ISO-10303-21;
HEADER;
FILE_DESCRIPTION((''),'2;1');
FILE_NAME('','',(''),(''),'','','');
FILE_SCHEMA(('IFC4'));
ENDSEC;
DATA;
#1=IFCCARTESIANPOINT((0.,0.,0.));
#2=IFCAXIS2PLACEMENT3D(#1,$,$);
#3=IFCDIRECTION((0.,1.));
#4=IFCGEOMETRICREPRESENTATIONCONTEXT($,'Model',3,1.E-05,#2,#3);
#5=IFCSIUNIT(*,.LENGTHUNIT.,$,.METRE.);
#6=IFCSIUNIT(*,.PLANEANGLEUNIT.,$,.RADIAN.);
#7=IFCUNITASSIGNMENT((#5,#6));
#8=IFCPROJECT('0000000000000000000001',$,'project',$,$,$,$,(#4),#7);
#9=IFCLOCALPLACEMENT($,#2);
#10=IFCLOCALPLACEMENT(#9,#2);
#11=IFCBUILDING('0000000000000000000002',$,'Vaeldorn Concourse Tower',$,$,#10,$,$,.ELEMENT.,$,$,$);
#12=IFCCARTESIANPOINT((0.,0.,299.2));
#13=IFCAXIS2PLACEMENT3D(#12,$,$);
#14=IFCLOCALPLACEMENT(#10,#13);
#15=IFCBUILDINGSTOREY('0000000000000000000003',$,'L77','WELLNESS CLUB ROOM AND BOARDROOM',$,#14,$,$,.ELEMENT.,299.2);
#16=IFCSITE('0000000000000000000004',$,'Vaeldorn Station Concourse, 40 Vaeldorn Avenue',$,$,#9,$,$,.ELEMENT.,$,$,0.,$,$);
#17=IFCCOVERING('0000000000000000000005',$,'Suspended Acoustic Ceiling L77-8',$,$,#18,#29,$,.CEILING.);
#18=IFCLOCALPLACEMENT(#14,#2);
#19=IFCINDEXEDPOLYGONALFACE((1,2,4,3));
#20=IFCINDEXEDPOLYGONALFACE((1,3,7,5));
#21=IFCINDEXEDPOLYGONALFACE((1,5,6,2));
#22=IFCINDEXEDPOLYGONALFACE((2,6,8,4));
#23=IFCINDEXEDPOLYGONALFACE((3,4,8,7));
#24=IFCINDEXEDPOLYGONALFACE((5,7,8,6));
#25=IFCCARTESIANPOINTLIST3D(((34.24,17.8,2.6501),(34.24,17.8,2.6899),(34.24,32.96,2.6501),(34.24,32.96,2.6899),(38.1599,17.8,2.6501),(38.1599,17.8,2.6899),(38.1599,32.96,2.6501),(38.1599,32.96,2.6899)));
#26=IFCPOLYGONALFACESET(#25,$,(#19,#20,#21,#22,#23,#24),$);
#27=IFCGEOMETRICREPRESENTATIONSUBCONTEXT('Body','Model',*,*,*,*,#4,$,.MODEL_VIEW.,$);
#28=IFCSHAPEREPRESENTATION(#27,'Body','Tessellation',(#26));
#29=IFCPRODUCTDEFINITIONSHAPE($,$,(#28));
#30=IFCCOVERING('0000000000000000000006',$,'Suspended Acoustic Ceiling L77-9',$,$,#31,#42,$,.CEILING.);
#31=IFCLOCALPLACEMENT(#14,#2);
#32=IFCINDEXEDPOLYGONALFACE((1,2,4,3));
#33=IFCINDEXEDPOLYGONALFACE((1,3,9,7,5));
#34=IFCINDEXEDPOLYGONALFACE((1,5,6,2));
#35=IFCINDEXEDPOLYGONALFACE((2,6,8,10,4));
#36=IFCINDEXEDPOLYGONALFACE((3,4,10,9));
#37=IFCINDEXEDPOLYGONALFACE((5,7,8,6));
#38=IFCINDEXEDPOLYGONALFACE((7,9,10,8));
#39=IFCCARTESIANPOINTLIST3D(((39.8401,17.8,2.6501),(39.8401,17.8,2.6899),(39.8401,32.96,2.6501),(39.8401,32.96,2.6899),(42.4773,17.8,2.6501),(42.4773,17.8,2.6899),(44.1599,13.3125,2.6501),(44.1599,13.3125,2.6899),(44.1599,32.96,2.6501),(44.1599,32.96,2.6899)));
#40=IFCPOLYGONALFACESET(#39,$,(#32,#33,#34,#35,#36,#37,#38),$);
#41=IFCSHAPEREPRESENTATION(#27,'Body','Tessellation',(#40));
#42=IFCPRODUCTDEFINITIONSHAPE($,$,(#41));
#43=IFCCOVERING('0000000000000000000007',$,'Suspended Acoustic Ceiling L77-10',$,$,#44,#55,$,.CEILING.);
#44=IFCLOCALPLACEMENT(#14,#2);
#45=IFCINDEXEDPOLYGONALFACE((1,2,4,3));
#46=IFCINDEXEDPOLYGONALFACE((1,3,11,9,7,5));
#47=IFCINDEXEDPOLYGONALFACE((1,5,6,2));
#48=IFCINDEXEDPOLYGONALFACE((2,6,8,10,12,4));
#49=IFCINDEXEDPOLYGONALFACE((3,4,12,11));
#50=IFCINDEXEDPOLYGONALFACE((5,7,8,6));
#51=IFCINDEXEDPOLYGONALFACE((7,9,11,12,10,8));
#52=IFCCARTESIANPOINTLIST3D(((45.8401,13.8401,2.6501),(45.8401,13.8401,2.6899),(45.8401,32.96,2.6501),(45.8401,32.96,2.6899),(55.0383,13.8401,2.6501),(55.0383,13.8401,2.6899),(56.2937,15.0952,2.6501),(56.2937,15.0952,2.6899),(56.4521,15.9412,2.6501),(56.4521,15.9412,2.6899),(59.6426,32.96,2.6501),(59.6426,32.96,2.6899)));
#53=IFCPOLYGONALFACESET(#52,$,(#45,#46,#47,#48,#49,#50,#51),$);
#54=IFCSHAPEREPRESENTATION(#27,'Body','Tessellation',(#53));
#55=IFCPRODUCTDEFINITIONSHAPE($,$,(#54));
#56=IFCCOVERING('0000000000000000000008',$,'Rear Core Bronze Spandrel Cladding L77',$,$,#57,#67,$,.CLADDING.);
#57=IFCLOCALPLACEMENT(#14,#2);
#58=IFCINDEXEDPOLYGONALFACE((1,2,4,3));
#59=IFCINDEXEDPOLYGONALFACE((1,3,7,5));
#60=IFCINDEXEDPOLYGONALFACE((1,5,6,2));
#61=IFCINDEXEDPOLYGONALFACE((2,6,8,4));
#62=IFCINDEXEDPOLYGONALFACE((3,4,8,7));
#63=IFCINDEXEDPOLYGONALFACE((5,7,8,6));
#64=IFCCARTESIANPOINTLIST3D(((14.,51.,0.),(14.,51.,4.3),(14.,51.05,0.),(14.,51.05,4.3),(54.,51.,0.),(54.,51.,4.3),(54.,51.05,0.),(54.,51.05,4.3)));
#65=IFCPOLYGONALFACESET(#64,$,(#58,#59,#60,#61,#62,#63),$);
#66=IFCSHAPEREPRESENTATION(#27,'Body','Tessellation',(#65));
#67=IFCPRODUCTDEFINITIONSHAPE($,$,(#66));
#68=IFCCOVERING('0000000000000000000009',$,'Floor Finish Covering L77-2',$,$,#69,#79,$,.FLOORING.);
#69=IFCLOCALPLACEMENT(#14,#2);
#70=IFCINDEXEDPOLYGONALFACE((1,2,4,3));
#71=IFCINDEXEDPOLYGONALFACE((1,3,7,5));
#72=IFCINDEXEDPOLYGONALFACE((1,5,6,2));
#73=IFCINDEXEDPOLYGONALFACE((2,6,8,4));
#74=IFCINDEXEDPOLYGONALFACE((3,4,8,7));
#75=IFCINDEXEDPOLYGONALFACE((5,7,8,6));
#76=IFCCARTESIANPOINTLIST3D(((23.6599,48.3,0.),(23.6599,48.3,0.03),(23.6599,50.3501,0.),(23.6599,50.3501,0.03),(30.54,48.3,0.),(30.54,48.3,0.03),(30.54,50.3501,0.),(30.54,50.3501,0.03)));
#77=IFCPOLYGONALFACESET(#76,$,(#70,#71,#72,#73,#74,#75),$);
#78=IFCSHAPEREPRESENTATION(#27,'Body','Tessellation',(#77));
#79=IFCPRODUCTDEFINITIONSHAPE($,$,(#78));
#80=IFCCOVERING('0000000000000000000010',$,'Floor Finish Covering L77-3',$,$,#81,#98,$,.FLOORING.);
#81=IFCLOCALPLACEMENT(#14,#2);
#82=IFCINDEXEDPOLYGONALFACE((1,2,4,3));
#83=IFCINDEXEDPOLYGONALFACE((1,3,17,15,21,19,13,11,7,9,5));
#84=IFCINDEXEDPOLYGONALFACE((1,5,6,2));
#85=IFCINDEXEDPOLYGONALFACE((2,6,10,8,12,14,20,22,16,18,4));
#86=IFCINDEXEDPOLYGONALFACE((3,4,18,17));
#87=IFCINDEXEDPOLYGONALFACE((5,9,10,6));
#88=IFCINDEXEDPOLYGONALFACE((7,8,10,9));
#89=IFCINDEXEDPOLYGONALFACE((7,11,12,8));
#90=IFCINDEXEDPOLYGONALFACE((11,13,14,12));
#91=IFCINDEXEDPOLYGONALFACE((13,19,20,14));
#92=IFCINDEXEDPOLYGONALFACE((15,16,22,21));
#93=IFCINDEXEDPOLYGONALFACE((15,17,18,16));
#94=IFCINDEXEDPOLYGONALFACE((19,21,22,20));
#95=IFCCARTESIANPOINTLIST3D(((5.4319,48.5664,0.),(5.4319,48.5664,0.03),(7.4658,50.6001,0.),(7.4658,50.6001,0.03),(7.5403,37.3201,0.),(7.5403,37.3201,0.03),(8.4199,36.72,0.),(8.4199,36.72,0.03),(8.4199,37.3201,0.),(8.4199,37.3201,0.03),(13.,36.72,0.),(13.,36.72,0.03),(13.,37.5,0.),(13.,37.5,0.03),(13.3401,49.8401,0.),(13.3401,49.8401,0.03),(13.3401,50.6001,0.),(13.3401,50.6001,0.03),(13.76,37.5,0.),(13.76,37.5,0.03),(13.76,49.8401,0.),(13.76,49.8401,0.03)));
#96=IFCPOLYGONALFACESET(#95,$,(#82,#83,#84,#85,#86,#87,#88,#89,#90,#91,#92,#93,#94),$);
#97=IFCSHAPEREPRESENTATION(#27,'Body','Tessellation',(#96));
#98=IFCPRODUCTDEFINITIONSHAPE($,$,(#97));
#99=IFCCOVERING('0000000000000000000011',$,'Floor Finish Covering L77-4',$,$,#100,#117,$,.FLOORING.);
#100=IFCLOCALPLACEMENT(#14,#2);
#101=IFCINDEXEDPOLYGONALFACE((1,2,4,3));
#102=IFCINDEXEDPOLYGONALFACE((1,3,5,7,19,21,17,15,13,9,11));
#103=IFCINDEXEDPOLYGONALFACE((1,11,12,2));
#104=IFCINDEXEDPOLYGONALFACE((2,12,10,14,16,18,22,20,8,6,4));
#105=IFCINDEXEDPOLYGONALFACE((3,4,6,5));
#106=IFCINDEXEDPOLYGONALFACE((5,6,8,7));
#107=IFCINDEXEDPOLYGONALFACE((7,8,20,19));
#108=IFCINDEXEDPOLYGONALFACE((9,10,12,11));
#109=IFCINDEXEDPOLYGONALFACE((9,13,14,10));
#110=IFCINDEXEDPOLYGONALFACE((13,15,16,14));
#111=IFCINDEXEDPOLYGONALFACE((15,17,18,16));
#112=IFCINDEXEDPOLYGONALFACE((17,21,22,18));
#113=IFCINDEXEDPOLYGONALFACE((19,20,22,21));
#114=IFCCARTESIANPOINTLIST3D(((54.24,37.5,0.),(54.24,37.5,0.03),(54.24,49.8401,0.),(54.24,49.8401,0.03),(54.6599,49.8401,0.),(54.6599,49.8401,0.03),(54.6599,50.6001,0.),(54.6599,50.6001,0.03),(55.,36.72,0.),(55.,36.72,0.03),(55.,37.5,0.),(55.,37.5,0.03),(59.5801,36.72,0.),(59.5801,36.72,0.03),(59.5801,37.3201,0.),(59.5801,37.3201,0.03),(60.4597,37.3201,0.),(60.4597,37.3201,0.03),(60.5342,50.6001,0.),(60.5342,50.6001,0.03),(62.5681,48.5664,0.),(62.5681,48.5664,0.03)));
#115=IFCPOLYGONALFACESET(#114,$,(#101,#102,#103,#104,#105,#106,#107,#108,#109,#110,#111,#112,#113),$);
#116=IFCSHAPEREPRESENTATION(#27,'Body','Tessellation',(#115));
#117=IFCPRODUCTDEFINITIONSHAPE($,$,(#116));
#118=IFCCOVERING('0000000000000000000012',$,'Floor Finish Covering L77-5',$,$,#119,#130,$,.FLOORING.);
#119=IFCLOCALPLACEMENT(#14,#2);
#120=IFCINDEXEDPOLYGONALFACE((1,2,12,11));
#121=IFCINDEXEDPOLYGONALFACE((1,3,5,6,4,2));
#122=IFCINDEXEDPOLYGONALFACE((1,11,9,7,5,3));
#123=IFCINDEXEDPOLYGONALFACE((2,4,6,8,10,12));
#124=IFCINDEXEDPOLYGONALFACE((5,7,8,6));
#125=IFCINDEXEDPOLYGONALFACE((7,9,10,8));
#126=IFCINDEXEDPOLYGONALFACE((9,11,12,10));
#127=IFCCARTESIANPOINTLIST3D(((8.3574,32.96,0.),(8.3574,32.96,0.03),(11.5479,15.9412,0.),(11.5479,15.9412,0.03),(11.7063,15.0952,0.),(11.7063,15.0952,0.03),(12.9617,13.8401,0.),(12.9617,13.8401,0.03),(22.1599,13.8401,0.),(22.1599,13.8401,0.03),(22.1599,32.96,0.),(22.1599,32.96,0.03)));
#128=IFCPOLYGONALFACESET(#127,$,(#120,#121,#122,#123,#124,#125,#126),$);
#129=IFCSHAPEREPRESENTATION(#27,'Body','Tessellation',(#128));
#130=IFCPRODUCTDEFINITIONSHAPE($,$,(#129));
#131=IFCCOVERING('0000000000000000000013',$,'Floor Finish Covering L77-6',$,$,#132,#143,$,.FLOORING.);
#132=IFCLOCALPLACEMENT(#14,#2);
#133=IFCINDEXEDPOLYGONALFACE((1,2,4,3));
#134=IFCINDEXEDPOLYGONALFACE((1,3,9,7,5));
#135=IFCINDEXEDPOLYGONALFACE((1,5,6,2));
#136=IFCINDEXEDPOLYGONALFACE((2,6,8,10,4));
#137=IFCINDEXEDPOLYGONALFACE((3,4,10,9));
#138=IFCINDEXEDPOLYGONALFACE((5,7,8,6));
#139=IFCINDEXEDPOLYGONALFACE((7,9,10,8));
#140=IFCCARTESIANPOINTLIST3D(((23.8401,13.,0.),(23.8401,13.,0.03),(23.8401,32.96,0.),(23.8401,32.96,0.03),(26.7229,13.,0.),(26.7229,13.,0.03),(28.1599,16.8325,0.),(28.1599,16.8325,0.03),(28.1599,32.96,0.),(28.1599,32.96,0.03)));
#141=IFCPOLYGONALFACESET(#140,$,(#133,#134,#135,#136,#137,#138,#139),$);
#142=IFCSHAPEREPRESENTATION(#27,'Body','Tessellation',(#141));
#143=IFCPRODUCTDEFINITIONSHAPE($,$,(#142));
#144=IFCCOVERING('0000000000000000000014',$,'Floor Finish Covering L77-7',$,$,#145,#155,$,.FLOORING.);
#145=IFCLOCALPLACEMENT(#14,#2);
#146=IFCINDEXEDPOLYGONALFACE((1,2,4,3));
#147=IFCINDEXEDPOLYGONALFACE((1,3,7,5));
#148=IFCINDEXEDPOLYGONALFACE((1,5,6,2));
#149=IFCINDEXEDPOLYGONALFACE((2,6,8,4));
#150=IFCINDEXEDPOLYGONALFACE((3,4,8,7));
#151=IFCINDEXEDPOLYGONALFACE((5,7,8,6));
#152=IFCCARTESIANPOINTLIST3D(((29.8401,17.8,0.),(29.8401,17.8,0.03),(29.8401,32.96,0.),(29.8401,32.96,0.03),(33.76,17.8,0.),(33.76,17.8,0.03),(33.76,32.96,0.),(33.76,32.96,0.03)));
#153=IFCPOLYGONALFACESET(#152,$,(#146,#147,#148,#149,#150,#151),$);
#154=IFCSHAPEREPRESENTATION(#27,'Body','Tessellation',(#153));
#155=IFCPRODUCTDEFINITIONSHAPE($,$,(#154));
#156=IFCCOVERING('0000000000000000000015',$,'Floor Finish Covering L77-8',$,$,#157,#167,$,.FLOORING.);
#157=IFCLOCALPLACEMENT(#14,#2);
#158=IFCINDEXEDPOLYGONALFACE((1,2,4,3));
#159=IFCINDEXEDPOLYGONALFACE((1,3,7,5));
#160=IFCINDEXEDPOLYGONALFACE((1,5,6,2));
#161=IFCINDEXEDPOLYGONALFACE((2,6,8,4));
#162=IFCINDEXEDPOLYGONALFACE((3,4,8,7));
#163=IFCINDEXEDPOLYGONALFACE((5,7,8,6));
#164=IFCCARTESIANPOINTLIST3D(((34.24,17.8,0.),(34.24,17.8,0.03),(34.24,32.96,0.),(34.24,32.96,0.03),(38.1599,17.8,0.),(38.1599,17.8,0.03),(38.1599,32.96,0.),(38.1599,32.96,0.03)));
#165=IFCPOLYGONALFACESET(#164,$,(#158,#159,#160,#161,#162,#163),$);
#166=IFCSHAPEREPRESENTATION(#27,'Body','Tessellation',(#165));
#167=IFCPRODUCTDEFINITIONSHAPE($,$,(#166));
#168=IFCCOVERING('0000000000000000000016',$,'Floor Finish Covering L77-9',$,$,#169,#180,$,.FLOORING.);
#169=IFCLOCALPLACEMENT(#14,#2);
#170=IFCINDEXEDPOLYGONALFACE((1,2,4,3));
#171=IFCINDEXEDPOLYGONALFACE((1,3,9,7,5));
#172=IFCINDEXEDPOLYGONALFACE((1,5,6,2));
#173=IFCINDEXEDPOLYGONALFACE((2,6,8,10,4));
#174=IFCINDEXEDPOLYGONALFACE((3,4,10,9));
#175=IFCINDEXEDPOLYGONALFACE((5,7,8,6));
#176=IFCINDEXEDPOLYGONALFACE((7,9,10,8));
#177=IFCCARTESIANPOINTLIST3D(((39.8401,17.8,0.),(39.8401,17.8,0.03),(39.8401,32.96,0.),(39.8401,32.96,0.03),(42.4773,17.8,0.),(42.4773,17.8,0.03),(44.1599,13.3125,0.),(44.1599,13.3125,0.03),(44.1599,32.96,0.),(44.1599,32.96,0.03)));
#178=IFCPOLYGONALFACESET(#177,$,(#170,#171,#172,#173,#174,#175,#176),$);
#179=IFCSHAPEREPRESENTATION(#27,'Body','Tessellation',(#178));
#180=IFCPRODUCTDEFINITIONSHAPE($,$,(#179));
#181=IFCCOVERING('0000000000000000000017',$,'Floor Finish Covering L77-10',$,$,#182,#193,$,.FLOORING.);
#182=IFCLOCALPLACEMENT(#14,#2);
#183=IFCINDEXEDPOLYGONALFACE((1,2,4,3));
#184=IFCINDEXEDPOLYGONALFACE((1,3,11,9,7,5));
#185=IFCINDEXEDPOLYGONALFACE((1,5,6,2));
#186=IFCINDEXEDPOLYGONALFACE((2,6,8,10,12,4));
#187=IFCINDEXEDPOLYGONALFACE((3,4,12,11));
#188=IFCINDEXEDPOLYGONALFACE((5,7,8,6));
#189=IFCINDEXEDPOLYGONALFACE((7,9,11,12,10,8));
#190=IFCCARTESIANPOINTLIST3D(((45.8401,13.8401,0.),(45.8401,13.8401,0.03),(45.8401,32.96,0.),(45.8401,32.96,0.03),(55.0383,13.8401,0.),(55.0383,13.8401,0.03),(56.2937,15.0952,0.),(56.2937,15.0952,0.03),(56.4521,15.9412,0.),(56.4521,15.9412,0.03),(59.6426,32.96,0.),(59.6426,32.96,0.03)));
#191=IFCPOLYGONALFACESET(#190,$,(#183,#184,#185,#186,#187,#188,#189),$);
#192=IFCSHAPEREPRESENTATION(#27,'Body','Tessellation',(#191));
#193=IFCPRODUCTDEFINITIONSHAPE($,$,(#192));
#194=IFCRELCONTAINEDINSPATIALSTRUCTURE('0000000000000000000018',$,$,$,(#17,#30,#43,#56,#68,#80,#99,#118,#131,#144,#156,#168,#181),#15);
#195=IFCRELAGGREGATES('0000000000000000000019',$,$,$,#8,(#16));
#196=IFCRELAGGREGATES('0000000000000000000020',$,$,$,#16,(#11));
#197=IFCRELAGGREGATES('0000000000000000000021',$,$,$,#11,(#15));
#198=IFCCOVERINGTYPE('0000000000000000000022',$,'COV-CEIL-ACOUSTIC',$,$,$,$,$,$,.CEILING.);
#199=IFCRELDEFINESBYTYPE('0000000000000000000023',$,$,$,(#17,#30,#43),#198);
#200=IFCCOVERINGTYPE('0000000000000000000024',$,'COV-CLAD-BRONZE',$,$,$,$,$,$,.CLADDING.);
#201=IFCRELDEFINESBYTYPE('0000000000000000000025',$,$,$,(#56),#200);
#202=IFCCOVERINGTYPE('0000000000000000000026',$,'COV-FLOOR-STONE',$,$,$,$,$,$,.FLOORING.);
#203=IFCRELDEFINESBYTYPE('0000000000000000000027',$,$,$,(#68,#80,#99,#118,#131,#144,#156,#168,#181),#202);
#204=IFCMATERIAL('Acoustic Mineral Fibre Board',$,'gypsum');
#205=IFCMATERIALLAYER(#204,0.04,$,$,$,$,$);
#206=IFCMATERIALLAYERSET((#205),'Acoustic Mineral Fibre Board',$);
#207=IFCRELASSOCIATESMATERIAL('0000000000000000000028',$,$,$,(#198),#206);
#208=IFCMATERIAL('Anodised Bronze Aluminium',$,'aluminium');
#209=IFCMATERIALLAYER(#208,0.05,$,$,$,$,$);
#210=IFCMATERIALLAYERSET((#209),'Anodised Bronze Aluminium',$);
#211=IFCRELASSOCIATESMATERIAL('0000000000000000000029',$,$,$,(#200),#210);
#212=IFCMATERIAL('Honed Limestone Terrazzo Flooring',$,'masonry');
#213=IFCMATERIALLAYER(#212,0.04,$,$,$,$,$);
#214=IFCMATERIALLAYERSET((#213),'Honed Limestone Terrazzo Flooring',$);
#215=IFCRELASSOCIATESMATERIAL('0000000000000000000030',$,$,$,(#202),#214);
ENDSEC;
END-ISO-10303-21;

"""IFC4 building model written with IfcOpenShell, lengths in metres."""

from ifc_helpers import new_model, si_unit, direction, frame, origin, place, context, subcontext, project, spatial, polyline, outline, extrude, material, layer, layer_set, type_object, element, save


model = new_model("IFC4")

# Units and contexts
model_context = context("Model", 3, precision=1e-05, world=origin(), true_north=direction((0.0, 1.0)))
body_context = subcontext(model_context, "Body", "Model", "MODEL_VIEW")
ifc_project = project(units=[si_unit("LENGTHUNIT", "METRE"), si_unit("PLANEANGLEUNIT", "RADIAN")], contexts=[model_context])

# Site, building, storey
site_placement = place(None, origin())
site = spatial("IfcSite", under=ifc_project, at=site_placement, Name="Vaeldorn Station Concourse, 40 Vaeldorn Avenue", CompositionType="ELEMENT", RefElevation=0.0)
building_placement = place(site_placement, origin())
building = spatial("IfcBuilding", under=site, at=building_placement, Name="Vaeldorn Concourse Tower", CompositionType="ELEMENT")
storey_placement = place(building_placement, frame((0.0, 0.0, 299.2)))
storey = spatial("IfcBuildingStorey", under=building, at=storey_placement, Name="L77", Description="WELLNESS CLUB ROOM AND BOARDROOM", CompositionType="ELEMENT", Elevation=299.2)

# Coverings
ifc_material_1 = material(Name="Acoustic Mineral Fibre Board", Category="gypsum")
ifc_layer_1 = layer(ifc_material_1, 0.04)
ifc_layer_set_1 = layer_set([ifc_layer_1], Name="Acoustic Mineral Fibre Board")
covering_type_1 = type_object("IfcCoveringType", Name="COV-CEIL-ACOUSTIC", PredefinedType="CEILING", material=ifc_layer_set_1)
covering_1_placement = place(storey_placement, frame((0.0, 0.0, 2.6501)))
element("IfcCovering", 1, at=covering_1_placement, inside=storey, type_object=covering_type_1, Name="Suspended Acoustic Ceiling L77-8", PredefinedType="CEILING", context=body_context, shape_type="SweptSolid", body=[
    extrude(outline(polyline([(34.24, 32.96), (38.1599, 32.96), (38.1599, 17.8), (34.24, 17.8), (34.24, 32.96)])), origin(), (0.0, 0.0, 1.0), 0.0398),
])
covering_2_placement = place(storey_placement, frame((0.0, 0.0, 2.6501)))
element("IfcCovering", 2, at=covering_2_placement, inside=storey, type_object=covering_type_1, Name="Suspended Acoustic Ceiling L77-9", PredefinedType="CEILING", context=body_context, shape_type="SweptSolid", body=[
    extrude(outline(polyline([(39.8401, 17.8), (39.8401, 32.96), (44.1599, 32.96), (44.1599, 13.3125), (42.4773, 17.8), (39.8401, 17.8)])), origin(), (0.0, 0.0, 1.0), 0.0398),
])
covering_3_placement = place(storey_placement, frame((0.0, 0.0, 2.6501)))
element("IfcCovering", 3, at=covering_3_placement, inside=storey, type_object=covering_type_1, Name="Suspended Acoustic Ceiling L77-10", PredefinedType="CEILING", context=body_context, shape_type="SweptSolid", body=[
    extrude(outline(polyline([(45.8401, 32.96), (59.6426, 32.96), (56.4521, 15.9412), (56.4521, 15.9412), (56.2937, 15.0952), (55.0383, 13.8401), (45.8401, 13.8401), (45.8401, 32.96)])), origin(), (0.0, 0.0, 1.0), 0.0398),
])
ifc_material_2 = material(Name="Anodised Bronze Aluminium", Category="aluminium")
ifc_layer_2 = layer(ifc_material_2, 0.05)
ifc_layer_set_2 = layer_set([ifc_layer_2], Name="Anodised Bronze Aluminium")
covering_type_2 = type_object("IfcCoveringType", Name="COV-CLAD-BRONZE", PredefinedType="CLADDING", material=ifc_layer_set_2)
covering_4_placement = place(storey_placement, origin())
element("IfcCovering", 4, at=covering_4_placement, inside=storey, type_object=covering_type_2, Name="Rear Core Bronze Spandrel Cladding L77", PredefinedType="CLADDING", context=body_context, shape_type="SweptSolid", body=[
    extrude(outline(polyline([(14.0, 51.0), (54.0, 51.0), (54.0, 51.05), (14.0, 51.05), (14.0, 51.0)])), origin(), (0.0, 0.0, 1.0), 4.3),
])
ifc_material_3 = material(Name="Honed Limestone Terrazzo Flooring", Category="masonry")
ifc_layer_3 = layer(ifc_material_3, 0.04)
ifc_layer_set_3 = layer_set([ifc_layer_3], Name="Honed Limestone Terrazzo Flooring")
covering_type_3 = type_object("IfcCoveringType", Name="COV-FLOOR-STONE", PredefinedType="FLOORING", material=ifc_layer_set_3)
covering_5_placement = place(storey_placement, origin())
element("IfcCovering", 5, at=covering_5_placement, inside=storey, type_object=covering_type_3, Name="Floor Finish Covering L77-2", PredefinedType="FLOORING", context=body_context, shape_type="SweptSolid", body=[
    extrude(outline(polyline([(30.54, 50.3501), (30.54, 48.3), (23.6599, 48.3), (23.6599, 50.3501), (30.54, 50.3501)])), origin(), (0.0, 0.0, 1.0), 0.03),
])
covering_6_placement = place(storey_placement, origin())
element("IfcCovering", 6, at=covering_6_placement, inside=storey, type_object=covering_type_3, Name="Floor Finish Covering L77-3", PredefinedType="FLOORING", context=body_context, shape_type="SweptSolid", body=[
    extrude(outline(polyline([(13.3401, 50.6001), (13.3401, 49.8401), (13.76, 49.8401), (13.76, 37.5), (13.0, 37.5), (13.0, 36.72), (8.4199, 36.72), (8.4199, 37.3201), (7.5403, 37.3201), (5.4319, 48.5664), (7.4658, 50.6001), (13.3401, 50.6001)])), origin(), (0.0, 0.0, 1.0), 0.03),
])
covering_7_placement = place(storey_placement, origin())
element("IfcCovering", 7, at=covering_7_placement, inside=storey, type_object=covering_type_3, Name="Floor Finish Covering L77-4", PredefinedType="FLOORING", context=body_context, shape_type="SweptSolid", body=[
    extrude(outline(polyline([(54.6599, 49.8401), (54.6599, 50.6001), (60.5342, 50.6001), (62.5681, 48.5664), (60.4597, 37.3201), (59.5801, 37.3201), (59.5801, 36.72), (55.0, 36.72), (55.0, 37.5), (54.24, 37.5), (54.24, 49.8401), (54.6599, 49.8401)])), origin(), (0.0, 0.0, 1.0), 0.03),
])
covering_8_placement = place(storey_placement, origin())
element("IfcCovering", 8, at=covering_8_placement, inside=storey, type_object=covering_type_3, Name="Floor Finish Covering L77-5", PredefinedType="FLOORING", context=body_context, shape_type="SweptSolid", body=[
    extrude(outline(polyline([(8.3574, 32.96), (22.1599, 32.96), (22.1599, 13.8401), (12.9617, 13.8401), (11.7063, 15.0952), (11.5479, 15.9412), (11.5479, 15.9412), (8.3574, 32.96)])), origin(), (0.0, 0.0, 1.0), 0.03),
])
covering_9_placement = place(storey_placement, origin())
element("IfcCovering", 9, at=covering_9_placement, inside=storey, type_object=covering_type_3, Name="Floor Finish Covering L77-6", PredefinedType="FLOORING", context=body_context, shape_type="SweptSolid", body=[
    extrude(outline(polyline([(23.8401, 13.0), (23.8401, 32.96), (28.1599, 32.96), (28.1599, 16.8325), (26.7229, 13.0), (23.8401, 13.0)])), origin(), (0.0, 0.0, 1.0), 0.03),
])
covering_10_placement = place(storey_placement, origin())
element("IfcCovering", 10, at=covering_10_placement, inside=storey, type_object=covering_type_3, Name="Floor Finish Covering L77-7", PredefinedType="FLOORING", context=body_context, shape_type="SweptSolid", body=[
    extrude(outline(polyline([(29.8401, 32.96), (33.76, 32.96), (33.76, 17.8), (29.8401, 17.8), (29.8401, 32.96)])), origin(), (0.0, 0.0, 1.0), 0.03),
])
covering_11_placement = place(storey_placement, origin())
element("IfcCovering", 11, at=covering_11_placement, inside=storey, type_object=covering_type_3, Name="Floor Finish Covering L77-8", PredefinedType="FLOORING", context=body_context, shape_type="SweptSolid", body=[
    extrude(outline(polyline([(34.24, 32.96), (38.1599, 32.96), (38.1599, 17.8), (34.24, 17.8), (34.24, 32.96)])), origin(), (0.0, 0.0, 1.0), 0.03),
])
covering_12_placement = place(storey_placement, origin())
element("IfcCovering", 12, at=covering_12_placement, inside=storey, type_object=covering_type_3, Name="Floor Finish Covering L77-9", PredefinedType="FLOORING", context=body_context, shape_type="SweptSolid", body=[
    extrude(outline(polyline([(39.8401, 17.8), (39.8401, 32.96), (44.1599, 32.96), (44.1599, 13.3125), (42.4773, 17.8), (39.8401, 17.8)])), origin(), (0.0, 0.0, 1.0), 0.03),
])
covering_13_placement = place(storey_placement, origin())
element("IfcCovering", 13, at=covering_13_placement, inside=storey, type_object=covering_type_3, Name="Floor Finish Covering L77-10", PredefinedType="FLOORING", context=body_context, shape_type="SweptSolid", body=[
    extrude(outline(polyline([(45.8401, 32.96), (59.6426, 32.96), (56.4521, 15.9412), (56.4521, 15.9412), (56.2937, 15.0952), (55.0383, 13.8401), (45.8401, 13.8401), (45.8401, 32.96)])), origin(), (0.0, 0.0, 1.0), 0.03),
])

save(model, "model.ifc")
